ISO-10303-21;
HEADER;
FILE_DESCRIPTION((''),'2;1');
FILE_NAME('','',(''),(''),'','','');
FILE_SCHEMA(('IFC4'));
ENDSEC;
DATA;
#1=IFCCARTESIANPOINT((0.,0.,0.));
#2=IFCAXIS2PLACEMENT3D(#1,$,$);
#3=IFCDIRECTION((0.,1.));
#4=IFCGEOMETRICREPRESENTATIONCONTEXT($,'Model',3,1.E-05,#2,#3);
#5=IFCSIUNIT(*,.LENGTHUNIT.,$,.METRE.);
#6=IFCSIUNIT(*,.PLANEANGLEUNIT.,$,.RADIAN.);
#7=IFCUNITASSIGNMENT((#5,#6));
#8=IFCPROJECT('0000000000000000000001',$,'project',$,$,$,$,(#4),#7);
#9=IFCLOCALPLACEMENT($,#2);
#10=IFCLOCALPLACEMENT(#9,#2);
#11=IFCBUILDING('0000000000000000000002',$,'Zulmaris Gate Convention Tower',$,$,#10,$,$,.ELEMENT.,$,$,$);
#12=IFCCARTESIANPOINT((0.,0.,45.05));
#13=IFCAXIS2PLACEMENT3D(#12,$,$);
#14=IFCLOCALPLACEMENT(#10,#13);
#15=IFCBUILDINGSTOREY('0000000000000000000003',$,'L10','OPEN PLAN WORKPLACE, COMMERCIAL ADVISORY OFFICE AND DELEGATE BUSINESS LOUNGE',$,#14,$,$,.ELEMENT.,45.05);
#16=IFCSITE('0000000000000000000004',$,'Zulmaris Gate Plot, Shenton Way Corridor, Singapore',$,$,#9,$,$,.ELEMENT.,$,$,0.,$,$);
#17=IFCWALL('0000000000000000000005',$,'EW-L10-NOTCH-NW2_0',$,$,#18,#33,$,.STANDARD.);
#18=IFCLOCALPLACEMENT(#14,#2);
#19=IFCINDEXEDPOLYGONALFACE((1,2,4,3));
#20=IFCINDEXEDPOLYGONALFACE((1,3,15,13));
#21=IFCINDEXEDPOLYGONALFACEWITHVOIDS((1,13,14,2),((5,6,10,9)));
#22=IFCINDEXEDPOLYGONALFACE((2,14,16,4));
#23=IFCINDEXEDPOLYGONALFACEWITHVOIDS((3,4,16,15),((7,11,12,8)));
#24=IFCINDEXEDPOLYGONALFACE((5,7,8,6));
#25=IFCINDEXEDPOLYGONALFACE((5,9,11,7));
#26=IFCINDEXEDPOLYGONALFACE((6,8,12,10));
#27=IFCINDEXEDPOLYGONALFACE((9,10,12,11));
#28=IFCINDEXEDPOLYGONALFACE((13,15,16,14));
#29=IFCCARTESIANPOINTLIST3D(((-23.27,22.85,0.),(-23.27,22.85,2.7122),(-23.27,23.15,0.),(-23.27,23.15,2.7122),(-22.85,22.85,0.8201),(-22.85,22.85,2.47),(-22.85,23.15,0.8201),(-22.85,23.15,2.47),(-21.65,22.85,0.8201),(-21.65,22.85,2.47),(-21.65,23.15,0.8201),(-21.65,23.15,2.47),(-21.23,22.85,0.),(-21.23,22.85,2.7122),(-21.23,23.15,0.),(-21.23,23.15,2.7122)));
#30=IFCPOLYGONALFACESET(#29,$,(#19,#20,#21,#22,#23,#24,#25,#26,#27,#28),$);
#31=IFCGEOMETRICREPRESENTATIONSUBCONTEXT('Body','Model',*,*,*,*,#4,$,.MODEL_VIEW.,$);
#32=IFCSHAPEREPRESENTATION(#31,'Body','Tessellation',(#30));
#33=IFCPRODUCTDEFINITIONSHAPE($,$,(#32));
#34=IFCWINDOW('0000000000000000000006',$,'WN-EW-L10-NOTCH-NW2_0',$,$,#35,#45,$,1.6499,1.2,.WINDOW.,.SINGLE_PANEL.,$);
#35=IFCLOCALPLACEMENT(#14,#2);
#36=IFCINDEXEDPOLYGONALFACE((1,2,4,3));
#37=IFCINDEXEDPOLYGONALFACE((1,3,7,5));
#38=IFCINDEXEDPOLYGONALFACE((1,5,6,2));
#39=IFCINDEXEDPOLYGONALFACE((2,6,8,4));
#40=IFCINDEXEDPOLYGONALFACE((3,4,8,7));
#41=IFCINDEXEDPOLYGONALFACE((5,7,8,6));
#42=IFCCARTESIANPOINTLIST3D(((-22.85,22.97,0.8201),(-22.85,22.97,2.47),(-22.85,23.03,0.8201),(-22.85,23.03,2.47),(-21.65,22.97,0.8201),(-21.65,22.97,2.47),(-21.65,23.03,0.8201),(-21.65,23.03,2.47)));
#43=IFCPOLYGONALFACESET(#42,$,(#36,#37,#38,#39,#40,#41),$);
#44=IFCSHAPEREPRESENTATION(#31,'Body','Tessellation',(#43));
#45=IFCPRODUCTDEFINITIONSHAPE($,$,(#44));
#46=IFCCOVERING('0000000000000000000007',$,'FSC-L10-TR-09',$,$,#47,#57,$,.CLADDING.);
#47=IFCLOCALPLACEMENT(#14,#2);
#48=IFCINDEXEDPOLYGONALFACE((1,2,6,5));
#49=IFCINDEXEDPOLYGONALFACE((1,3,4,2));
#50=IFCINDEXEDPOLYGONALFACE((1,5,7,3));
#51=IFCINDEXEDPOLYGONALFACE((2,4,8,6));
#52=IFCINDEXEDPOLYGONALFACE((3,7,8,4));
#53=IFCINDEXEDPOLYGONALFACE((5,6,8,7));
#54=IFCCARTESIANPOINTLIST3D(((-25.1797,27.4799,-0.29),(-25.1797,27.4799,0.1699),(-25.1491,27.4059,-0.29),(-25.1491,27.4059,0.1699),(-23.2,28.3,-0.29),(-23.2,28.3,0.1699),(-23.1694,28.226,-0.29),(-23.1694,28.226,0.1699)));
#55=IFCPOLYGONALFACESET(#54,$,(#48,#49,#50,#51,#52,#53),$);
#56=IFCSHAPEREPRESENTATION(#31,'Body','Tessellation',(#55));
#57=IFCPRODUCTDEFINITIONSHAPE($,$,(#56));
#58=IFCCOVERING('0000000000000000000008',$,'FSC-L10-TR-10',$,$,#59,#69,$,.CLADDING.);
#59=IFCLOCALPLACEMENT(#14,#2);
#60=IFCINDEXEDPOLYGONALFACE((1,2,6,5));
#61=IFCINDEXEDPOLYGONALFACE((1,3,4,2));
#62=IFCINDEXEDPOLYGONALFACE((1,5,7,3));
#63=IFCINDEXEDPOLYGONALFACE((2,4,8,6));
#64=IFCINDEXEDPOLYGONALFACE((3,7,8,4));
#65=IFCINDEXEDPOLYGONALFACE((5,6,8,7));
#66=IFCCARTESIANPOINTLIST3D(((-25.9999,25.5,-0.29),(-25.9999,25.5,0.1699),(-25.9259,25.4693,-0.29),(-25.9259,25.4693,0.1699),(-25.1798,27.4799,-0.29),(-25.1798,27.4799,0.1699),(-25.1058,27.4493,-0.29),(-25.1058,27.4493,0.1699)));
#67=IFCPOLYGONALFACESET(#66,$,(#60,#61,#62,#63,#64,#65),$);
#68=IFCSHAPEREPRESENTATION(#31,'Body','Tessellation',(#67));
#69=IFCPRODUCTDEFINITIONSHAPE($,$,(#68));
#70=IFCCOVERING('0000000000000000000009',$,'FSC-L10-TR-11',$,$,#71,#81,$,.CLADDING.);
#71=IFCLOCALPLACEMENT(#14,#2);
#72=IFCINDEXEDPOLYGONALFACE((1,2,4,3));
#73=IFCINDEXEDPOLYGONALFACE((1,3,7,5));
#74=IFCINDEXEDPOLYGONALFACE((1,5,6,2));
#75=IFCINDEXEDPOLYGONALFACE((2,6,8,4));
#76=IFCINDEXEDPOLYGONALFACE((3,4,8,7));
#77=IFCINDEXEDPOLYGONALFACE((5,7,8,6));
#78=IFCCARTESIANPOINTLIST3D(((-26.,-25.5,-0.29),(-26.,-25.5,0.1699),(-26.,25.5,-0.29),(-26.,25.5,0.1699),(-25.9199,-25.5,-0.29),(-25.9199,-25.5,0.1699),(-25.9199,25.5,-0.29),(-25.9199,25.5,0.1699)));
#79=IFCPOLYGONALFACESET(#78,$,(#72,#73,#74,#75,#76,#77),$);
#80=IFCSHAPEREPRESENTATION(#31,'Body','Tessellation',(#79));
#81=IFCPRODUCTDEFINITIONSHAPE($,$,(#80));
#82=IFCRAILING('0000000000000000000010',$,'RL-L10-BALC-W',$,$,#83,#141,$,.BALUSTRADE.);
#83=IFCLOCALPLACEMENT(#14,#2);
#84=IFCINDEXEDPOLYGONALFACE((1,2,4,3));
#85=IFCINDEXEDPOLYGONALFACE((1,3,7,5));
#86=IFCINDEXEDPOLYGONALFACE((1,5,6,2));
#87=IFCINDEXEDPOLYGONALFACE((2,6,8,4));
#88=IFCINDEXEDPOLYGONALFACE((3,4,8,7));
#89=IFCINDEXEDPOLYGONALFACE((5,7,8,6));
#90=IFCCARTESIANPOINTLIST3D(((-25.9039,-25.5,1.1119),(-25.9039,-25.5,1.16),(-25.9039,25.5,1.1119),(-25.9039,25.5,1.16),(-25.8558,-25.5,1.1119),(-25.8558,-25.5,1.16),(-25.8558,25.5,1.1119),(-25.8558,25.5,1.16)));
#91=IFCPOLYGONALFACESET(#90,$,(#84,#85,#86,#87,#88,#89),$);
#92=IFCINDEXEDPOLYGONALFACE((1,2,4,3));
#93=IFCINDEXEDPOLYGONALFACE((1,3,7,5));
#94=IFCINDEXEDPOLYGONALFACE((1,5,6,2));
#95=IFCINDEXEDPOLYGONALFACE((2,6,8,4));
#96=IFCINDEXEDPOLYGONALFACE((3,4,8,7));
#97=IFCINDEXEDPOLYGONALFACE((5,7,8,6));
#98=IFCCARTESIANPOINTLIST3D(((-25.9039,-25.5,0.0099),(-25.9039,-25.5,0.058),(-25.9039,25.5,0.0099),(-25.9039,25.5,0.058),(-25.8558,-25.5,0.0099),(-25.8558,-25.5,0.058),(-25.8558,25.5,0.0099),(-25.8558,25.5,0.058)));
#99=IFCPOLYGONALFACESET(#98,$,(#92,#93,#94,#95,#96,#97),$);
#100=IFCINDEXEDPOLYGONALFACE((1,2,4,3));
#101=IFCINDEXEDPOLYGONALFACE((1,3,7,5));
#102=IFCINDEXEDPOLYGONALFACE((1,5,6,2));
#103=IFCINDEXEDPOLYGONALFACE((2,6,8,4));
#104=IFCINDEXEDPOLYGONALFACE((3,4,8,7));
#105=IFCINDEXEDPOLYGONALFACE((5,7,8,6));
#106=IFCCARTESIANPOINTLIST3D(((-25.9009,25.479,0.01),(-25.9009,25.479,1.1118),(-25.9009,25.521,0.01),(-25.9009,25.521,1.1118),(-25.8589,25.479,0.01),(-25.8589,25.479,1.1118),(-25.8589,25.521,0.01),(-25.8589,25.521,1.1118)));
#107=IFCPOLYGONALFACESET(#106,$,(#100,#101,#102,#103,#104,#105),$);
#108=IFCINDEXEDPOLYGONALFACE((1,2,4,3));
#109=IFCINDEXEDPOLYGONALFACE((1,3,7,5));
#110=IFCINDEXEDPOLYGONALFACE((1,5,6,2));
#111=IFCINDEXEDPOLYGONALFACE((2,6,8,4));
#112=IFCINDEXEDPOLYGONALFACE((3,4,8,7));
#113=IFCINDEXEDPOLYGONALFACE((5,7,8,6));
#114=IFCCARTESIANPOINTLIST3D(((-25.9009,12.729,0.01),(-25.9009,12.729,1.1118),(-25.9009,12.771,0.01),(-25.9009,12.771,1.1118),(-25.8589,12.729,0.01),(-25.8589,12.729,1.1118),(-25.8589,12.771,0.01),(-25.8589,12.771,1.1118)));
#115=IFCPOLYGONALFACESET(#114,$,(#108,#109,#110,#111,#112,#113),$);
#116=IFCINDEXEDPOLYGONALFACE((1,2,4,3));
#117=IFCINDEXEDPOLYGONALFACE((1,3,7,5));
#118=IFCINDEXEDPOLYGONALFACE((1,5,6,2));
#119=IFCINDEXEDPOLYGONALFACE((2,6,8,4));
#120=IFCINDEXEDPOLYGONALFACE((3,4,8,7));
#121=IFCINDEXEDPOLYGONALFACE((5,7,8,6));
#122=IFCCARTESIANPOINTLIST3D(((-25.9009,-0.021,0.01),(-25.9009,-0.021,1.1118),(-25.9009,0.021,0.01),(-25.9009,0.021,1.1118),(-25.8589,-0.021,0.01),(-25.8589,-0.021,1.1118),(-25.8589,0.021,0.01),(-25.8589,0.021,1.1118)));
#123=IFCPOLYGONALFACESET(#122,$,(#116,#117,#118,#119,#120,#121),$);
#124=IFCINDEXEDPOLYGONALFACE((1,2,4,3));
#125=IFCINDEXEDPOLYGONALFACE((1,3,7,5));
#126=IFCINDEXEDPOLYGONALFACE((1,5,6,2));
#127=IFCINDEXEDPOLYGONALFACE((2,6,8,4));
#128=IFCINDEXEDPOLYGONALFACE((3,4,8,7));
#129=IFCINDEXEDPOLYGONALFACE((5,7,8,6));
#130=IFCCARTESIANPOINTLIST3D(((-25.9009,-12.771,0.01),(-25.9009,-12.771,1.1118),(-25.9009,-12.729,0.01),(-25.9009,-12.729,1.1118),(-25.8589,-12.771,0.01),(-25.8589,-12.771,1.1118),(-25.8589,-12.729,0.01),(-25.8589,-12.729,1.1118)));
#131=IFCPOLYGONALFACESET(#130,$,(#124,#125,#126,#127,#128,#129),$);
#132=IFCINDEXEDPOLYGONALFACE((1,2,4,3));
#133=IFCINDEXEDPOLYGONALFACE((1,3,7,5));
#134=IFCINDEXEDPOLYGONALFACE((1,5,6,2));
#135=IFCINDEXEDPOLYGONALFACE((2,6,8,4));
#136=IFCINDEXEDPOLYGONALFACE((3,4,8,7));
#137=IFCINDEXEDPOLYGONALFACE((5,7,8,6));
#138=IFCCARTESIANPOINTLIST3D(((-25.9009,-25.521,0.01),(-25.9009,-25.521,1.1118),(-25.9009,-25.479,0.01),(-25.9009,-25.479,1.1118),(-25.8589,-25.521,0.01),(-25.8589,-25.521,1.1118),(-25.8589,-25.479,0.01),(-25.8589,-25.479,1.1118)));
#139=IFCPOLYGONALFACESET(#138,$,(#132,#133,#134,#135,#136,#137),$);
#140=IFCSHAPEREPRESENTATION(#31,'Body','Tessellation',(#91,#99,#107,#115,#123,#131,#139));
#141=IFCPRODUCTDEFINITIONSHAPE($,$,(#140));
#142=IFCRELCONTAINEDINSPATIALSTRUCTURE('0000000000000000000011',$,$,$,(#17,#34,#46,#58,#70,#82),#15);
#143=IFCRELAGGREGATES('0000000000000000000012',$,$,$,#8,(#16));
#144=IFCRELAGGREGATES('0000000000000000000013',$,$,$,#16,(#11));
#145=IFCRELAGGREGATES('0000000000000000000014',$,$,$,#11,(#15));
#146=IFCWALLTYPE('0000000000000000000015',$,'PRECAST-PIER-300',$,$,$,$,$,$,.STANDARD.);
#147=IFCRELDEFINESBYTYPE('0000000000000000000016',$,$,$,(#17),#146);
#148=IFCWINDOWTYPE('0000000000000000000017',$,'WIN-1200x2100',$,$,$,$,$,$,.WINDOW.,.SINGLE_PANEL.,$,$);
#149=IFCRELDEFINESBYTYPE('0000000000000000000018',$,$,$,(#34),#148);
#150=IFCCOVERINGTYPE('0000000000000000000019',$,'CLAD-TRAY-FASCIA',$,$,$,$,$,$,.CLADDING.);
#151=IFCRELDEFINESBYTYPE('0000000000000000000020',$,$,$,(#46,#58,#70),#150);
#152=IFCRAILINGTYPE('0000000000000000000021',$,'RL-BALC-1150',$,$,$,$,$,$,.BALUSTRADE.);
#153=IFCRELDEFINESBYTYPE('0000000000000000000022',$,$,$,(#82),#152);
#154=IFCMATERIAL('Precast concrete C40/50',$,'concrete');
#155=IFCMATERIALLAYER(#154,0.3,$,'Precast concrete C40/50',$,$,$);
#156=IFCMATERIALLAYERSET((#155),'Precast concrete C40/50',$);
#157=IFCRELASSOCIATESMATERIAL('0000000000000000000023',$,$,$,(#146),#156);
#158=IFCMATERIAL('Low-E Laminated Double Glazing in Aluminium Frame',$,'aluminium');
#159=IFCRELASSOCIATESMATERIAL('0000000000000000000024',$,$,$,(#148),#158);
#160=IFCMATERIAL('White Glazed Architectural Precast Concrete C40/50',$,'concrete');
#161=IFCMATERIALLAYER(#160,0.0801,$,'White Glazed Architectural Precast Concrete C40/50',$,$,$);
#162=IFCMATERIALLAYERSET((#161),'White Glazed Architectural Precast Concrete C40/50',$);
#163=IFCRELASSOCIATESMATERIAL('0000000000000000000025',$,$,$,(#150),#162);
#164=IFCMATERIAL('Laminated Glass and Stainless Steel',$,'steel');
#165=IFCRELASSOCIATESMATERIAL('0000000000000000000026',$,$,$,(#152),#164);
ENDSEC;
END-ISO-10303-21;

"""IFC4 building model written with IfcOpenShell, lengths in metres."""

from ifc_helpers import new_model, si_unit, direction, frame, frame_2d, origin, origin_2d, place, context, subcontext, project, spatial, rectangle, extrude, material, layer, layer_set, type_object, element, fill, save


model = new_model("IFC4")

# Units and contexts
model_context = context("Model", 3, precision=1e-05, world=origin(), true_north=direction((0.0, 1.0)))
body_context = subcontext(model_context, "Body", "Model", "MODEL_VIEW")
ifc_project = project(units=[si_unit("LENGTHUNIT", "METRE"), si_unit("PLANEANGLEUNIT", "RADIAN")], contexts=[model_context])

# Site, building, storey
site_placement = place(None, origin())
site = spatial("IfcSite", under=ifc_project, at=site_placement, Name="Zulmaris Gate Plot, Shenton Way Corridor, Singapore", CompositionType="ELEMENT", RefElevation=0.0)
building_placement = place(site_placement, origin())
building = spatial("IfcBuilding", under=site, at=building_placement, Name="Zulmaris Gate Convention Tower", CompositionType="ELEMENT")
storey_placement = place(building_placement, frame((0.0, 0.0, 45.05)))
storey = spatial("IfcBuildingStorey", under=building, at=storey_placement, Name="L10", Description="OPEN PLAN WORKPLACE, COMMERCIAL ADVISORY OFFICE AND DELEGATE BUSINESS LOUNGE", CompositionType="ELEMENT", Elevation=45.05)

# Wall, opening, window
ifc_material_1 = material(Name="Precast concrete C40/50", Category="concrete")
ifc_layer_1 = layer(ifc_material_1, 0.3, Name="Precast concrete C40/50")
ifc_layer_set_1 = layer_set([ifc_layer_1], Name="Precast concrete C40/50")
wall_type = type_object("IfcWallType", Name="PRECAST-PIER-300", PredefinedType="STANDARD", material=ifc_layer_set_1)
ifc_material_2 = material(Name="Low-E Laminated Double Glazing in Aluminium Frame", Category="aluminium")
window_type = type_object("IfcWindowType", Name="WIN-1200x2100", PartitioningType="SINGLE_PANEL", PredefinedType="WINDOW", material=ifc_material_2)
wall_1_placement = place(storey_placement, frame((-21.23, 23.0, 0.0), z_axis=(0.0, 0.0, 1.0), x_axis=(-1.0, 0.0, 0.0)))
wall_1 = element("IfcWall", 1, at=wall_1_placement, inside=storey, type_object=wall_type, Name="EW-L10-NOTCH-NW2_0", PredefinedType="STANDARD", context=body_context, shape_type="SweptSolid", body=[
    extrude(rectangle(XDim=2.04, YDim=0.3, at=frame_2d((1.02, 0.0))), origin(), (0.0, 0.0, 1.0), 2.7122),
])
opening_1_placement = place(wall_1_placement, frame((0.4199, 0.0, 0.8201)))
opening_1 = element("IfcOpeningElement", 2, at=opening_1_placement, cuts=wall_1, PredefinedType="OPENING", context=body_context, shape_type="SweptSolid", body=[
    extrude(rectangle(XDim=1.2, YDim=1.6499, at=frame_2d((0.6001, 0.825))), frame((0.0, 0.1602, 0.0), z_axis=(0.0, -1.0, 0.0), x_axis=(1.0, 0.0, 0.0)), (0.0, 0.0, 1.0), 0.3201),
])
window_1_placement = place(opening_1_placement, origin())
window_1 = element("IfcWindow", 3, at=window_1_placement, inside=storey, type_object=window_type, Name="WN-EW-L10-NOTCH-NW2_0", OverallHeight=1.6499, OverallWidth=1.2, PartitioningType="SINGLE_PANEL", PredefinedType="WINDOW", context=body_context, shape_type="SweptSolid", body=[
    extrude(rectangle(XDim=1.2, YDim=1.6499, at=frame_2d((0.6001, 0.825))), frame((0.0, 0.03, 0.0), z_axis=(0.0, -1.0, 0.0), x_axis=(1.0, 0.0, 0.0)), (0.0, 0.0, 1.0), 0.0601),
])
fill(opening_1, window_1)

# Coverings
ifc_material_3 = material(Name="White Glazed Architectural Precast Concrete C40/50", Category="concrete")
ifc_layer_2 = layer(ifc_material_3, 0.0801, Name="White Glazed Architectural Precast Concrete C40/50")
ifc_layer_set_2 = layer_set([ifc_layer_2], Name="White Glazed Architectural Precast Concrete C40/50")
covering_type = type_object("IfcCoveringType", Name="CLAD-TRAY-FASCIA", PredefinedType="CLADDING", material=ifc_layer_set_2)
covering_1_placement = place(storey_placement, frame((-23.1848, 28.2629, -0.29), z_axis=(0.0, 0.0, 1.0), x_axis=(-0.923874, -0.382697, 0.0)))
element("IfcCovering", 4, at=covering_1_placement, inside=storey, type_object=covering_type, Name="FSC-L10-TR-09", PredefinedType="CLADDING", context=body_context, shape_type="SweptSolid", body=[
    extrude(rectangle(XDim=2.1428, YDim=0.0801, at=frame_2d((1.0713, 0.0))), origin(), (0.0, 0.0, 1.0), 0.46),
])
covering_2_placement = place(storey_placement, frame((-25.1428, 27.4646, -0.29), z_axis=(0.0, 0.0, 1.0), x_axis=(-0.382657, -0.92389, 0.0)))
element("IfcCovering", 5, at=covering_2_placement, inside=storey, type_object=covering_type, Name="FSC-L10-TR-10", PredefinedType="CLADDING", context=body_context, shape_type="SweptSolid", body=[
    extrude(rectangle(XDim=2.1431, YDim=0.0801, at=frame_2d((1.0715, 0.0))), origin(), (0.0, 0.0, 1.0), 0.46),
])
covering_3_placement = place(storey_placement, frame((-25.96, 25.5, -0.29), z_axis=(0.0, 0.0, 1.0), x_axis=(0.0, -1.0, 0.0)))
element("IfcCovering", 6, at=covering_3_placement, inside=storey, type_object=covering_type, Name="FSC-L10-TR-11", PredefinedType="CLADDING", context=body_context, shape_type="SweptSolid", body=[
    extrude(rectangle(XDim=51.0, YDim=0.0801, at=frame_2d((25.5, 0.0))), origin(), (0.0, 0.0, 1.0), 0.46),
])

# Railing
ifc_material_4 = material(Name="Laminated Glass and Stainless Steel", Category="steel")
railing_type = type_object("IfcRailingType", Name="RL-BALC-1150", PredefinedType="BALUSTRADE", material=ifc_material_4)
railing_placement = place(storey_placement, frame((-25.8799, 25.5, 0.01)))
element("IfcRailing", 7, at=railing_placement, inside=storey, type_object=railing_type, Name="RL-L10-BALC-W", PredefinedType="BALUSTRADE", context=body_context, shape_type="SweptSolid", body=[
    extrude(rectangle(XDim=0.0481, YDim=0.0481, at=origin_2d()), frame((0.0, 0.0, 1.126), z_axis=(0.0, -1.0, 0.0), x_axis=(1.0, 0.0, 0.0)), (0.0, 0.0, 1.0), 51.0),
    extrude(rectangle(XDim=0.0481, YDim=0.0481, at=origin_2d()), frame((0.0, 0.0, 0.0239), z_axis=(0.0, -1.0, 0.0), x_axis=(1.0, 0.0, 0.0)), (0.0, 0.0, 1.0), 51.0),
    extrude(rectangle(XDim=0.042, YDim=0.042, at=origin_2d()), origin(), (0.0, 0.0, 1.0), 1.1018),
    extrude(rectangle(XDim=0.042, YDim=0.042, at=origin_2d()), frame((0.0, -12.75, 0.0)), (0.0, 0.0, 1.0), 1.1018),
    extrude(rectangle(XDim=0.042, YDim=0.042, at=origin_2d()), frame((0.0, -25.5, 0.0)), (0.0, 0.0, 1.0), 1.1018),
    extrude(rectangle(XDim=0.042, YDim=0.042, at=origin_2d()), frame((0.0, -38.25, 0.0)), (0.0, 0.0, 1.0), 1.1018),
    extrude(rectangle(XDim=0.042, YDim=0.042, at=origin_2d()), frame((0.0, -51.0, 0.0)), (0.0, 0.0, 1.0), 1.1018),
])

save(model, "model.ifc")
